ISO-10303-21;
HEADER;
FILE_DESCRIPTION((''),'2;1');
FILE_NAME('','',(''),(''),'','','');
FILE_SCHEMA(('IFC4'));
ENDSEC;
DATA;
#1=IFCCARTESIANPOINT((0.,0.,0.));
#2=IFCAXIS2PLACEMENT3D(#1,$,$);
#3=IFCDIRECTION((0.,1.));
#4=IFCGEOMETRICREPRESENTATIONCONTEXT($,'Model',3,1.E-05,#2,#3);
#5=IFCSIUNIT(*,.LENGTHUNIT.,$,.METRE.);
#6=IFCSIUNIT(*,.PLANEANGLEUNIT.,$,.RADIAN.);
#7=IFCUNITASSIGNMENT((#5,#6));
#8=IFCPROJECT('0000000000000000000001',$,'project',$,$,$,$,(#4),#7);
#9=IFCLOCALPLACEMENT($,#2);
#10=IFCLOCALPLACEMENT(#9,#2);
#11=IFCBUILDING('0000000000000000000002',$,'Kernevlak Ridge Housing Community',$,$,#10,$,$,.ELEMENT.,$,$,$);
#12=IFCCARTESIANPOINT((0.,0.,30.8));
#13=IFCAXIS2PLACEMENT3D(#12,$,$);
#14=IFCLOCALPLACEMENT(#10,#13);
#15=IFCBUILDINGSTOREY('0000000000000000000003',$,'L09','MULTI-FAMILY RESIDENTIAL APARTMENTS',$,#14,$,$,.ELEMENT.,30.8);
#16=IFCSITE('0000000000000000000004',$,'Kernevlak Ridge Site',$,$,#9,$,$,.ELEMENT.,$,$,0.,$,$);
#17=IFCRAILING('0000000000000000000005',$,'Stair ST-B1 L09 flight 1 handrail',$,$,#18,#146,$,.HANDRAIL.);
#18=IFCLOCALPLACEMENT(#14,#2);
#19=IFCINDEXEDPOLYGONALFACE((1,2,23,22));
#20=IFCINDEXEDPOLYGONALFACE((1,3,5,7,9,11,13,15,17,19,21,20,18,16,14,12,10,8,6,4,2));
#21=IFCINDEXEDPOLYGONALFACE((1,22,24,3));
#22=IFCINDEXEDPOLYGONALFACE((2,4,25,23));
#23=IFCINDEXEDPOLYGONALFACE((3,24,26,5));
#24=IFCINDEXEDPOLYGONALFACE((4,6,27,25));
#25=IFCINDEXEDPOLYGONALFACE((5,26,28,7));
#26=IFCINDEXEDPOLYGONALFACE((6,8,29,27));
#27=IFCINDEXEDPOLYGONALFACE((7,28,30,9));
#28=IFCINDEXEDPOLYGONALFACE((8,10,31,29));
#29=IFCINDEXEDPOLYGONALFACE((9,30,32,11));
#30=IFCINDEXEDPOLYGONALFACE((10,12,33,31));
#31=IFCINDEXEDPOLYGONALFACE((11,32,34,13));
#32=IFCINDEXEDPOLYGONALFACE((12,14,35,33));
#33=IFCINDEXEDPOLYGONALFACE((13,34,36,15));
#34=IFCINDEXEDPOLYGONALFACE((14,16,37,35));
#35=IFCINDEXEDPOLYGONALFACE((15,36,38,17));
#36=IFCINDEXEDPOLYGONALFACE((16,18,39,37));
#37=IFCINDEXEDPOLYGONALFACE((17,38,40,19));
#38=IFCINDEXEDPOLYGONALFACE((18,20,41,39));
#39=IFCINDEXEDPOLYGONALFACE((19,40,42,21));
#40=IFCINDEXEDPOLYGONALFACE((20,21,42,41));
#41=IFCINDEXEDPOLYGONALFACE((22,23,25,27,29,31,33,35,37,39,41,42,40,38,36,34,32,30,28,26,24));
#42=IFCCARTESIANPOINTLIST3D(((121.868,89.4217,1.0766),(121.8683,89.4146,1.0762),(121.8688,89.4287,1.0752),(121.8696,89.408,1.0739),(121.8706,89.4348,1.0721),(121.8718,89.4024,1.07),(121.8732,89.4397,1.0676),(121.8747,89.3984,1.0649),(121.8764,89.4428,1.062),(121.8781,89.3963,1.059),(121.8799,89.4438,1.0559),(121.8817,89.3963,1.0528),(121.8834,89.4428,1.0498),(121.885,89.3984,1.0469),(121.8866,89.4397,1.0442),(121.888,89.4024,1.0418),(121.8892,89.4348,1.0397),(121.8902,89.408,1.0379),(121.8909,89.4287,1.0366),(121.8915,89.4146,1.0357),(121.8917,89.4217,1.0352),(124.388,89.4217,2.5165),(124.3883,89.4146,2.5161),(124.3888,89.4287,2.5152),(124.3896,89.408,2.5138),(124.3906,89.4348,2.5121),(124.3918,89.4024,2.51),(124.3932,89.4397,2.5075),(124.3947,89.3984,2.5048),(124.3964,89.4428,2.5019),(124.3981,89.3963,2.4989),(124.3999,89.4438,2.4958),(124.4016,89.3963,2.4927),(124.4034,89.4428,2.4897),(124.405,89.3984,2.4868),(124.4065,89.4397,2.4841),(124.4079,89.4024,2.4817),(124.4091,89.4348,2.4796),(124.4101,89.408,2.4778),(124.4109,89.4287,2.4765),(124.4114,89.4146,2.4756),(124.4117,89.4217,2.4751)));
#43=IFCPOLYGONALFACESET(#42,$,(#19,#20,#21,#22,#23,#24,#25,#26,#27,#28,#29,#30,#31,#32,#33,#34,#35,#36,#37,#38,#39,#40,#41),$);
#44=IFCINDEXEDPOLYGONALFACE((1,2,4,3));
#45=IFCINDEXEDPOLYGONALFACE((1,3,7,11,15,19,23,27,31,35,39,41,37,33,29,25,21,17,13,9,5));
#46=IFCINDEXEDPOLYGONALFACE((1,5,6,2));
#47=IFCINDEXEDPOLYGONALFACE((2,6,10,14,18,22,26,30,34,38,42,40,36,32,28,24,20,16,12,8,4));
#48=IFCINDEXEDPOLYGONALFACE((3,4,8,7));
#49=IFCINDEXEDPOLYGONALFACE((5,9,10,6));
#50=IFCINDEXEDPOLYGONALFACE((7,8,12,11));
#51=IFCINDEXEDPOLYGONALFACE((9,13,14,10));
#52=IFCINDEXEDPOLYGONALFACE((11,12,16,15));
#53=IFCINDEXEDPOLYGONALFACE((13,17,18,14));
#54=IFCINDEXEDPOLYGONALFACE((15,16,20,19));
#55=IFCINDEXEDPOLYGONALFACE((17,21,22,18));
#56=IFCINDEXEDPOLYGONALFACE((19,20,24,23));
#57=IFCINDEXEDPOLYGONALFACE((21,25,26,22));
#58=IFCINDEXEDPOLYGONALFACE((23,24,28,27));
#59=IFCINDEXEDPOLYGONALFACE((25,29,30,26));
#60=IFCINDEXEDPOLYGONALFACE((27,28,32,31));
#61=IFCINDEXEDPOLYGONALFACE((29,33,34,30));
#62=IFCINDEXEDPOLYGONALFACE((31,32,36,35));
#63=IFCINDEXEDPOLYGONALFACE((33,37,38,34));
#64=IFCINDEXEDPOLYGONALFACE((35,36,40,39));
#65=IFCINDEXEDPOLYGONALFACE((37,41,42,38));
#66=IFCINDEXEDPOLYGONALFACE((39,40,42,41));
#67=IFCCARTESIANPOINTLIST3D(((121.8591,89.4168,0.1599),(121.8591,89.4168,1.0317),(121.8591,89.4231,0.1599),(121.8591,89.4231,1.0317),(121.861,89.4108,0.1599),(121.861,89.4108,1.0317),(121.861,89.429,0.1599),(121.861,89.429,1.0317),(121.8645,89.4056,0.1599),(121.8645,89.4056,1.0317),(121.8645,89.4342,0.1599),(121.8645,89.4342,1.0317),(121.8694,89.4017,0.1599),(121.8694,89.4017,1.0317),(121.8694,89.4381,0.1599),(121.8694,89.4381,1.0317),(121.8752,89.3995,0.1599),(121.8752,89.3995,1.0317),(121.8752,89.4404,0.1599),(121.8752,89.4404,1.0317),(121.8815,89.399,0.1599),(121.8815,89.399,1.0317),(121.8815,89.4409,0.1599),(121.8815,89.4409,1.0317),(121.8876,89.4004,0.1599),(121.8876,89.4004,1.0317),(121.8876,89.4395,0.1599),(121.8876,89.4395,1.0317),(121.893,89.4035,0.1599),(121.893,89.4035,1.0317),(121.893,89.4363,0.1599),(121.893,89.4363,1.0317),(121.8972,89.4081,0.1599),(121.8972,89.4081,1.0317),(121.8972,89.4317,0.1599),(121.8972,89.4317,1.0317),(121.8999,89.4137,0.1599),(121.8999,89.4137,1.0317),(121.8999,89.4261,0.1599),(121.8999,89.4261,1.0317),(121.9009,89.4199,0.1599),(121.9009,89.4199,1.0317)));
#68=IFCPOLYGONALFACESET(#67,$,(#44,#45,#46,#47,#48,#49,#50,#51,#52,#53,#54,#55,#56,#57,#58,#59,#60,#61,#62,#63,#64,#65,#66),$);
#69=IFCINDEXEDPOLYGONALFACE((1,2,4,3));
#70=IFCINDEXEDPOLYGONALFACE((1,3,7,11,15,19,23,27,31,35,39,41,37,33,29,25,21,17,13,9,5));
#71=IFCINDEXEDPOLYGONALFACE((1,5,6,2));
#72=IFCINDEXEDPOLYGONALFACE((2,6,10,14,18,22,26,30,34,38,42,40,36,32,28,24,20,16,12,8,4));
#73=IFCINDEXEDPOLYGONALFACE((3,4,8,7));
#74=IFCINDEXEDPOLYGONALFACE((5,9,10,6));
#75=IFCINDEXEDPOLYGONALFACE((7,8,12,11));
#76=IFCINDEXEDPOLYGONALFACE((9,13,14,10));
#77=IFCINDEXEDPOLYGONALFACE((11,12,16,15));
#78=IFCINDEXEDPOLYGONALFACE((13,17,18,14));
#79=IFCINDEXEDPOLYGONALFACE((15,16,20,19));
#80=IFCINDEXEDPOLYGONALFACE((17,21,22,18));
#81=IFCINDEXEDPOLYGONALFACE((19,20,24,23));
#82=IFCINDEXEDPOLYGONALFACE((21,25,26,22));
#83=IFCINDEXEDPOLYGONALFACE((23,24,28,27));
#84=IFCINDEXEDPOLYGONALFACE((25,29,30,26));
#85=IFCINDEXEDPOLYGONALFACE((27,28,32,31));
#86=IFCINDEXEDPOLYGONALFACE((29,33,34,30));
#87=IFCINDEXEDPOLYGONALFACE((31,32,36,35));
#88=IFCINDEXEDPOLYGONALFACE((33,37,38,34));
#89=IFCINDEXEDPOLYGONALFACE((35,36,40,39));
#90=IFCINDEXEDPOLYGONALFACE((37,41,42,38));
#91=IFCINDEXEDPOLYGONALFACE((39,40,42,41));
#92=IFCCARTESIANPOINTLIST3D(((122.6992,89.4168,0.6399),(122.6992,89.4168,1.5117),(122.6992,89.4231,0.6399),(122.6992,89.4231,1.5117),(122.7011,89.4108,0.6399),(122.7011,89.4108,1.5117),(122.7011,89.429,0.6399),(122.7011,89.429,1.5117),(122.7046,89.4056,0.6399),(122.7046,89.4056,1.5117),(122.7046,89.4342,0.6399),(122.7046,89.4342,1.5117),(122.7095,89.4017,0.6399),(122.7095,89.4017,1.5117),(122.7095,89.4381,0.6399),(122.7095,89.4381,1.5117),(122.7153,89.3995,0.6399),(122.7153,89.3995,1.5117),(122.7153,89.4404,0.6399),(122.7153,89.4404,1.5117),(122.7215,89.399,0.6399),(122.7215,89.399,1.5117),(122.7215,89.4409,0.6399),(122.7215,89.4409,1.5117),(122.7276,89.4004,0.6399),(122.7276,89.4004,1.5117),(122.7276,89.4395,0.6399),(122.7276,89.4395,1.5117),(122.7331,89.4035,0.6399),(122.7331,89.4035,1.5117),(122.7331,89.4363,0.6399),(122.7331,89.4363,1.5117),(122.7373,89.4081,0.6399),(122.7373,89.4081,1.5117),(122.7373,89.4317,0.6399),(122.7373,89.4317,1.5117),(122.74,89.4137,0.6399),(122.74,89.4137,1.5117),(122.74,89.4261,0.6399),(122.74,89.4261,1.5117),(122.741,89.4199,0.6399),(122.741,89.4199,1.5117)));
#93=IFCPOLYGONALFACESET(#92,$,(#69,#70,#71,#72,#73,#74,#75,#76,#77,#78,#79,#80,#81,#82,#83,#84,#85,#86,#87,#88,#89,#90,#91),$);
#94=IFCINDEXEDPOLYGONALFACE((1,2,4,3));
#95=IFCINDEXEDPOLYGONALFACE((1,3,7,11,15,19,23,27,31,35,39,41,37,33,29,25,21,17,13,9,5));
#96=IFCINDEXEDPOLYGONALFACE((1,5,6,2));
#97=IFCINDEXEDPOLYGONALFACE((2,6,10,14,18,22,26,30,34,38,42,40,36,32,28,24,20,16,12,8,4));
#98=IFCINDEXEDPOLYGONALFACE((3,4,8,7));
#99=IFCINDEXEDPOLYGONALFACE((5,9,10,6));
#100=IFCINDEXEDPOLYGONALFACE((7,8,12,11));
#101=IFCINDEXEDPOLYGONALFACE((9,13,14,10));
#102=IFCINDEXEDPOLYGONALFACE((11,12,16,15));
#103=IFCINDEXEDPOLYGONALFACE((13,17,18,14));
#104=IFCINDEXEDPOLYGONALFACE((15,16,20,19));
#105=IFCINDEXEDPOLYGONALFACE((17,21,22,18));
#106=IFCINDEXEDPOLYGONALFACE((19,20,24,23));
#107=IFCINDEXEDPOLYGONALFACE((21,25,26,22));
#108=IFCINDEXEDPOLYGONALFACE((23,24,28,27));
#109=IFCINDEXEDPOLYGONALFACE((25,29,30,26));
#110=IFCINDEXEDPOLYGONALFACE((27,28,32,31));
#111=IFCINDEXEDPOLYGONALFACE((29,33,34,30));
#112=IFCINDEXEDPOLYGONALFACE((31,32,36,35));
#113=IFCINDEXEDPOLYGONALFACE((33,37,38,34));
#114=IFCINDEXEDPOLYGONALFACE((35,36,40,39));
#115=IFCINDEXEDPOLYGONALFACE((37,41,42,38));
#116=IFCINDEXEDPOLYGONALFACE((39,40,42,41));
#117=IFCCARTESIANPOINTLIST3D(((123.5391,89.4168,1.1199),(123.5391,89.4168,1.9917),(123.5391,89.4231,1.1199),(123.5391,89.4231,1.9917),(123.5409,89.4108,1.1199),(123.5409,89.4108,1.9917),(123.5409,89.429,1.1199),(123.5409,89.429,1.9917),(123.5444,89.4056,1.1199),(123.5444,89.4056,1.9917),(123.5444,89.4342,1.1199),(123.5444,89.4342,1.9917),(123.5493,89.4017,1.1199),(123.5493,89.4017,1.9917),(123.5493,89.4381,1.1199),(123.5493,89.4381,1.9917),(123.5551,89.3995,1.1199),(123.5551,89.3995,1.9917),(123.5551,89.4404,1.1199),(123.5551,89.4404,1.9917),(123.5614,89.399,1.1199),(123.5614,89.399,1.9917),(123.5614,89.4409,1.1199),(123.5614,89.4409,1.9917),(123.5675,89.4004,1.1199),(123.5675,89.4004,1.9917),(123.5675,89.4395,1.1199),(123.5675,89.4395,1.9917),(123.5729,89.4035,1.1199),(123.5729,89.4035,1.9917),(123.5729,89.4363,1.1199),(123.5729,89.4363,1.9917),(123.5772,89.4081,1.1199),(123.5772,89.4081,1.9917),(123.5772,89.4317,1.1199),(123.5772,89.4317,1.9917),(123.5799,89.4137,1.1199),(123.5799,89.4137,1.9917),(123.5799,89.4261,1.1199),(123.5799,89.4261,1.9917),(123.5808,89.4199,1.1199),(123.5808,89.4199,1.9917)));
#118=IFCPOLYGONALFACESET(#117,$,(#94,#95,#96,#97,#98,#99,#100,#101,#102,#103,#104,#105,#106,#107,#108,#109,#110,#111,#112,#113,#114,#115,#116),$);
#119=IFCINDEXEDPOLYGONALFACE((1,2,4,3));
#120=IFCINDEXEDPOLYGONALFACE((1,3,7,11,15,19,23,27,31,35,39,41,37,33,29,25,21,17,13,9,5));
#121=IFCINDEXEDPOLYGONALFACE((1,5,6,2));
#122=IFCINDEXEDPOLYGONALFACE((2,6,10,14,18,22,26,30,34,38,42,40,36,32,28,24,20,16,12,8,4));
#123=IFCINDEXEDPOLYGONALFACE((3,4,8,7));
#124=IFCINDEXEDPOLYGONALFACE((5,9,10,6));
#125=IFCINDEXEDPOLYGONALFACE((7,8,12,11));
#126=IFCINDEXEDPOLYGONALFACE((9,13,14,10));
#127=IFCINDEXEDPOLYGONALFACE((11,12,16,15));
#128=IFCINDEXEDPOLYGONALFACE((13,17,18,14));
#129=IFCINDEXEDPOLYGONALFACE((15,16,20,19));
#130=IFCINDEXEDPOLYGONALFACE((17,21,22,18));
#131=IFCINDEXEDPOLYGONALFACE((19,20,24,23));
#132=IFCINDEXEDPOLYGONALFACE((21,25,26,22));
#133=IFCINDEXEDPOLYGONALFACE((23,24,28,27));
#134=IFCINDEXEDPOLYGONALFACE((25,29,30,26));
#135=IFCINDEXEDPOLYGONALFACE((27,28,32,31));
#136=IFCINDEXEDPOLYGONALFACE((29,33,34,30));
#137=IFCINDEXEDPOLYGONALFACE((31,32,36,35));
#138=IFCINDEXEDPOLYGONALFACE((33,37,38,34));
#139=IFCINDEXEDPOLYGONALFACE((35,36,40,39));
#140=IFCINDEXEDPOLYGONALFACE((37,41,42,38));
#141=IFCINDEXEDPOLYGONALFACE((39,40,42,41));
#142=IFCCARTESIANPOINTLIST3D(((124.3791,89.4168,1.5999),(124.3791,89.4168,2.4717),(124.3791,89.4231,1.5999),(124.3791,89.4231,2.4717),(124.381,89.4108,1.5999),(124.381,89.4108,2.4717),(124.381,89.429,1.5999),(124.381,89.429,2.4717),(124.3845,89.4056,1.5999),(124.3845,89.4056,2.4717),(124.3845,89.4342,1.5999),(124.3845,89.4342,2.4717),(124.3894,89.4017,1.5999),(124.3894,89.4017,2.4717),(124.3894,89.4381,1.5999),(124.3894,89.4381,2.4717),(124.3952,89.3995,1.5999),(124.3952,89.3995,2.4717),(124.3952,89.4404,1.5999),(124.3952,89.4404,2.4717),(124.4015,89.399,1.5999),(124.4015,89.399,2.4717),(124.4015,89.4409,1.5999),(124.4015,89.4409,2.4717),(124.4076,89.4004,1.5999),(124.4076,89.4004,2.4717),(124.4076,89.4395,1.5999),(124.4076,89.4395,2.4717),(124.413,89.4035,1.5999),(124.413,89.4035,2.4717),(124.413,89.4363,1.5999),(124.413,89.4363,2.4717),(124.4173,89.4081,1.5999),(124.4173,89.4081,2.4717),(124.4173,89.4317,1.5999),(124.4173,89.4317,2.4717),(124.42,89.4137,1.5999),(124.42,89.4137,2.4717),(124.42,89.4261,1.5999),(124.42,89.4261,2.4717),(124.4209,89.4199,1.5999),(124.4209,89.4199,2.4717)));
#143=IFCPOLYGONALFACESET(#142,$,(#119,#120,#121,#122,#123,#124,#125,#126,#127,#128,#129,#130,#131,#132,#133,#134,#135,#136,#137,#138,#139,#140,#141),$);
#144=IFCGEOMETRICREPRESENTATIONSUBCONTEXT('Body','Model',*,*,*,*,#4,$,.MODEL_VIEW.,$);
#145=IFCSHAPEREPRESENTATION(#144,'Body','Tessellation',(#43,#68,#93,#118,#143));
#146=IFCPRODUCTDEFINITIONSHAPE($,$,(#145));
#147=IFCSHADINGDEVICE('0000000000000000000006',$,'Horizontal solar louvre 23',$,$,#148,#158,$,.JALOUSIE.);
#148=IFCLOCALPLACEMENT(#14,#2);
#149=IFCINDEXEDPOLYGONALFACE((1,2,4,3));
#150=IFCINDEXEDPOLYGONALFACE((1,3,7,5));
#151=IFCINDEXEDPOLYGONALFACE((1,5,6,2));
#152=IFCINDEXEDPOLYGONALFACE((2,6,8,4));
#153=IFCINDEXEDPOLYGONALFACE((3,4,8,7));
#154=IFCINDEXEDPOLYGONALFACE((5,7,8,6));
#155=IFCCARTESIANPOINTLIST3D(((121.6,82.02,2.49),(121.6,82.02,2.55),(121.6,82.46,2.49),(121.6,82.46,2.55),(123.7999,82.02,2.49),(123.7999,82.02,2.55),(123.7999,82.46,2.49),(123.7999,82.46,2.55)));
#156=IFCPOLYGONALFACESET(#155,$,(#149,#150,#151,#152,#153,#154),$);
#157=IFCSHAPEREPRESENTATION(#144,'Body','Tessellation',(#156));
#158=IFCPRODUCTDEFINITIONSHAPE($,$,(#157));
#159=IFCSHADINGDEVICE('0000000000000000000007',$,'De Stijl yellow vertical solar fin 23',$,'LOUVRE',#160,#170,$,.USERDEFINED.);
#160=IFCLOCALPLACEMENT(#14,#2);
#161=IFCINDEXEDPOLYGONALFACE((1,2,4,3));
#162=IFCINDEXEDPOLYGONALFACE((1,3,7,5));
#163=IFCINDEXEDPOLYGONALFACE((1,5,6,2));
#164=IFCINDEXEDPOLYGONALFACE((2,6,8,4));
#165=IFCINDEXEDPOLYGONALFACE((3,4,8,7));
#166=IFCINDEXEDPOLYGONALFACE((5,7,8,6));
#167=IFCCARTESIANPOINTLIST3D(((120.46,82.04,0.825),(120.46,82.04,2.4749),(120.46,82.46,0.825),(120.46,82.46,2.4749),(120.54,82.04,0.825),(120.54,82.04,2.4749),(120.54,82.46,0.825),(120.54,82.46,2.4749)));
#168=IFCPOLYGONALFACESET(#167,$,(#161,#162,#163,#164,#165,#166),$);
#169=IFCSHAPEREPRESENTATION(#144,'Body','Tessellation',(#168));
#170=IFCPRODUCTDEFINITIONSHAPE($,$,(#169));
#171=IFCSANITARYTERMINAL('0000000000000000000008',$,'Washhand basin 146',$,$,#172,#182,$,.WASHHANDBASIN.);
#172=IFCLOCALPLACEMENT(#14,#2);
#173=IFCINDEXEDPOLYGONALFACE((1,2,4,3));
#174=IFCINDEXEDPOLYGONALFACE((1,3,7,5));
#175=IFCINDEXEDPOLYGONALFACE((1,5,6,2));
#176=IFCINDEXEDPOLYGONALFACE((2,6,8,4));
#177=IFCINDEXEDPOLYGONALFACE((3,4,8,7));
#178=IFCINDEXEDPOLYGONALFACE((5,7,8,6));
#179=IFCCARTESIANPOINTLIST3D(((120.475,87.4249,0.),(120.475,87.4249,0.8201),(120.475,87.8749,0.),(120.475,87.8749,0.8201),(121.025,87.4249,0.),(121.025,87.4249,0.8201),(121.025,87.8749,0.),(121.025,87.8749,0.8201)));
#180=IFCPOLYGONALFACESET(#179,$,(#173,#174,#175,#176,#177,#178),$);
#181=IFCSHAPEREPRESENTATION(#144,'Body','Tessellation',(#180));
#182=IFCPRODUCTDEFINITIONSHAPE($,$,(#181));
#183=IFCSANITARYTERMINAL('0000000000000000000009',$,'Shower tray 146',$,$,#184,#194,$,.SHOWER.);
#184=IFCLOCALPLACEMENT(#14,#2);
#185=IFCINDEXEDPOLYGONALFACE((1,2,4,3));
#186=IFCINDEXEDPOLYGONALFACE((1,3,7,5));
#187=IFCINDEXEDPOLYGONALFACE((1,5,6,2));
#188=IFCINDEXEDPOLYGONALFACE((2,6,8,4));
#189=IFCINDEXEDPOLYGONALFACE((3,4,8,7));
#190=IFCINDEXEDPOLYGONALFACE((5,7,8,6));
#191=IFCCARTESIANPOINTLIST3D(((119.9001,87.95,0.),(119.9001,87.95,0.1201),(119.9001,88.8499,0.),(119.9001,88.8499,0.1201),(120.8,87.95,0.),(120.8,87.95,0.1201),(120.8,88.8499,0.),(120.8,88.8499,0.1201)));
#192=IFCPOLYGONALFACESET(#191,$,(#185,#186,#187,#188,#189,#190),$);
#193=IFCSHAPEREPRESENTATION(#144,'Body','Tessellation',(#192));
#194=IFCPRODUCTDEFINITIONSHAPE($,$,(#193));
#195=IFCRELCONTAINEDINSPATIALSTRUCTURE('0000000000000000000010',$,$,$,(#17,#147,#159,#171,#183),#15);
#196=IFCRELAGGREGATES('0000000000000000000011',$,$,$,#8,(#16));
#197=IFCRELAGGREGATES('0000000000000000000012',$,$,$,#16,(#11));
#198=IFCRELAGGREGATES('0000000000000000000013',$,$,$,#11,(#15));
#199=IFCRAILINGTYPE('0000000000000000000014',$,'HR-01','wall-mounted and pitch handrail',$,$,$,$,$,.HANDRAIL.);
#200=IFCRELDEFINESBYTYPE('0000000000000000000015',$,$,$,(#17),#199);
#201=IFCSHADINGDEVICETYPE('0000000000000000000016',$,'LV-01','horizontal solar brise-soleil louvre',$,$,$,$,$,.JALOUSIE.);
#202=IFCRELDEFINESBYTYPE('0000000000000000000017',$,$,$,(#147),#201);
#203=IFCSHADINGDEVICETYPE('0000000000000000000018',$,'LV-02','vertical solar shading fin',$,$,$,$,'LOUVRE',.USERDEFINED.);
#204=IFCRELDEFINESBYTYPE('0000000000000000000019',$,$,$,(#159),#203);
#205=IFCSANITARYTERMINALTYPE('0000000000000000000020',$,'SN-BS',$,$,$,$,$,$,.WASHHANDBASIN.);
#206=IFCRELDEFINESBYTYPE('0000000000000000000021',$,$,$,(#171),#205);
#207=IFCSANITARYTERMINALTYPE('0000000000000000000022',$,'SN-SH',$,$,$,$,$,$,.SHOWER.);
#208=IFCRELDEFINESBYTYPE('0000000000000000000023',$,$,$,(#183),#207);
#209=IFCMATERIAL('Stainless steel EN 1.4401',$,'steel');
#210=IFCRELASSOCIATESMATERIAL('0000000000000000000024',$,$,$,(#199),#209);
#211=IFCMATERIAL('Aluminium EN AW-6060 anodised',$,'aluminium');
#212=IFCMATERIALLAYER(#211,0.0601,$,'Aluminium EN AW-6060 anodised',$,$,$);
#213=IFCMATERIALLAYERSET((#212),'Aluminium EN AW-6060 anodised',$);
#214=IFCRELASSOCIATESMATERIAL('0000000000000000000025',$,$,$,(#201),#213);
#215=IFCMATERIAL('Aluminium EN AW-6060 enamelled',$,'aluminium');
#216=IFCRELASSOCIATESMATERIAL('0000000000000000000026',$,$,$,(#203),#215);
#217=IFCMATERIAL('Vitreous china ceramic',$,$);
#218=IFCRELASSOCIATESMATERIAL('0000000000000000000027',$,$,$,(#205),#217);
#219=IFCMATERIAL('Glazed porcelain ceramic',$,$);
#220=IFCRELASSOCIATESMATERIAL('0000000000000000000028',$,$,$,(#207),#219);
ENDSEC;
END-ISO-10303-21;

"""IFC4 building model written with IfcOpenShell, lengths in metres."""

from ifc_helpers import new_model, si_unit, direction, frame, origin, origin_2d, place, context, subcontext, project, spatial, rectangle, circle, extrude, material, layer, layer_set, type_object, element, save


model = new_model("IFC4")

# Units and contexts
model_context = context("Model", 3, precision=1e-05, world=origin(), true_north=direction((0.0, 1.0)))
body_context = subcontext(model_context, "Body", "Model", "MODEL_VIEW")
ifc_project = project(units=[si_unit("LENGTHUNIT", "METRE"), si_unit("PLANEANGLEUNIT", "RADIAN")], contexts=[model_context])

# Site, building, storey
site_placement = place(None, origin())
site = spatial("IfcSite", under=ifc_project, at=site_placement, Name="Kernevlak Ridge Site", CompositionType="ELEMENT", RefElevation=0.0)
building_placement = place(site_placement, origin())
building = spatial("IfcBuilding", under=site, at=building_placement, Name="Kernevlak Ridge Housing Community", CompositionType="ELEMENT")
storey_placement = place(building_placement, frame((0.0, 0.0, 30.8)))
storey = spatial("IfcBuildingStorey", under=building, at=storey_placement, Name="L09", Description="MULTI-FAMILY RESIDENTIAL APARTMENTS", CompositionType="ELEMENT", Elevation=30.8)

# Railing
ifc_material_1 = material(Name="Stainless steel EN 1.4401", Category="steel")
railing_type_1 = type_object("IfcRailingType", Name="HR-01", Description="wall-mounted and pitch handrail", PredefinedType="HANDRAIL", material=ifc_material_1)
railing_1_placement = place(storey_placement, frame((121.8799, 89.4199, 0.1599)))
element("IfcRailing", 1, at=railing_1_placement, inside=storey, type_object=railing_type_1, Name="Stair ST-B1 L09 flight 1 handrail", PredefinedType="HANDRAIL", context=body_context, shape_type="SweptSolid", body=[
    extrude(circle(Radius=0.0239, at=origin_2d()), frame((0.0, 0.0, 0.896), z_axis=(0.868253, 0.0, 0.496121), x_axis=(0.0, 1.0, 0.0)), (0.0, 0.0, 1.0), 2.9023),
    extrude(circle(Radius=0.021, at=origin_2d()), origin(), (0.0, 0.0, 1.0), 0.8718),
    extrude(circle(Radius=0.021, at=origin_2d()), frame((0.8401, 0.0, 0.48)), (0.0, 0.0, 1.0), 0.8718),
    extrude(circle(Radius=0.021, at=origin_2d()), frame((1.6799, 0.0, 0.96)), (0.0, 0.0, 1.0), 0.8718),
    extrude(circle(Radius=0.021, at=origin_2d()), frame((2.52, 0.0, 1.4399)), (0.0, 0.0, 1.0), 0.8718),
])

# Shading devices
ifc_material_2 = material(Name="Aluminium EN AW-6060 anodised", Category="aluminium")
ifc_layer_1 = layer(ifc_material_2, 0.0601, Name="Aluminium EN AW-6060 anodised")
ifc_layer_set_1 = layer_set([ifc_layer_1], Name="Aluminium EN AW-6060 anodised")
shading_device_type_1 = type_object("IfcShadingDeviceType", Name="LV-01", Description="horizontal solar brise-soleil louvre", PredefinedType="JALOUSIE", material=ifc_layer_set_1)
shading_device_1_placement = place(storey_placement, frame((122.7, 82.24, 2.49), z_axis=(0.0, 0.0, 1.0), x_axis=(1.0, 0.0, 0.0)))
element("IfcShadingDevice", 2, at=shading_device_1_placement, inside=storey, type_object=shading_device_type_1, Name="Horizontal solar louvre 23", PredefinedType="JALOUSIE", context=body_context, shape_type="SweptSolid", body=[
    extrude(rectangle(XDim=2.2, YDim=0.4399, at=origin_2d()), origin(), (0.0, 0.0, 1.0), 0.0601),
])
ifc_material_3 = material(Name="Aluminium EN AW-6060 enamelled", Category="aluminium")
shading_device_type_2 = type_object("IfcShadingDeviceType", Name="LV-02", Description="vertical solar shading fin", ElementType="LOUVRE", PredefinedType="USERDEFINED", material=ifc_material_3)
shading_device_2_placement = place(storey_placement, frame((120.5, 82.25, 0.825), z_axis=(0.0, 0.0, 1.0), x_axis=(1.0, 0.0, 0.0)))
element("IfcShadingDevice", 3, at=shading_device_2_placement, inside=storey, type_object=shading_device_type_2, Name="De Stijl yellow vertical solar fin 23", ObjectType="LOUVRE", PredefinedType="USERDEFINED", context=body_context, shape_type="SweptSolid", body=[
    extrude(rectangle(XDim=0.0801, YDim=0.4199, at=origin_2d()), origin(), (0.0, 0.0, 1.0), 1.6499),
])

# Sanitary terminals
ifc_material_4 = material(Name="Vitreous china ceramic")
sanitary_terminal_type_1 = type_object("IfcSanitaryTerminalType", Name="SN-BS", PredefinedType="WASHHANDBASIN", material=ifc_material_4)
sanitary_terminal_1_placement = place(storey_placement, frame((120.75, 87.6499, 0.0), z_axis=(0.0, 0.0, 1.0), x_axis=(1.0, 0.0, 0.0)))
element("IfcSanitaryTerminal", 4, at=sanitary_terminal_1_placement, inside=storey, type_object=sanitary_terminal_type_1, Name="Washhand basin 146", PredefinedType="WASHHANDBASIN", context=body_context, shape_type="SweptSolid", body=[
    extrude(rectangle(XDim=0.55, YDim=0.45, at=origin_2d()), origin(), (0.0, 0.0, 1.0), 0.8201),
])
ifc_material_5 = material(Name="Glazed porcelain ceramic")
sanitary_terminal_type_2 = type_object("IfcSanitaryTerminalType", Name="SN-SH", PredefinedType="SHOWER", material=ifc_material_5)
sanitary_terminal_2_placement = place(storey_placement, frame((120.3501, 88.3999, 0.0), z_axis=(0.0, 0.0, 1.0), x_axis=(1.0, 0.0, 0.0)))
element("IfcSanitaryTerminal", 5, at=sanitary_terminal_2_placement, inside=storey, type_object=sanitary_terminal_type_2, Name="Shower tray 146", PredefinedType="SHOWER", context=body_context, shape_type="SweptSolid", body=[
    extrude(rectangle(XDim=0.8999, YDim=0.8999, at=origin_2d()), origin(), (0.0, 0.0, 1.0), 0.1201),
])

save(model, "model.ifc")
